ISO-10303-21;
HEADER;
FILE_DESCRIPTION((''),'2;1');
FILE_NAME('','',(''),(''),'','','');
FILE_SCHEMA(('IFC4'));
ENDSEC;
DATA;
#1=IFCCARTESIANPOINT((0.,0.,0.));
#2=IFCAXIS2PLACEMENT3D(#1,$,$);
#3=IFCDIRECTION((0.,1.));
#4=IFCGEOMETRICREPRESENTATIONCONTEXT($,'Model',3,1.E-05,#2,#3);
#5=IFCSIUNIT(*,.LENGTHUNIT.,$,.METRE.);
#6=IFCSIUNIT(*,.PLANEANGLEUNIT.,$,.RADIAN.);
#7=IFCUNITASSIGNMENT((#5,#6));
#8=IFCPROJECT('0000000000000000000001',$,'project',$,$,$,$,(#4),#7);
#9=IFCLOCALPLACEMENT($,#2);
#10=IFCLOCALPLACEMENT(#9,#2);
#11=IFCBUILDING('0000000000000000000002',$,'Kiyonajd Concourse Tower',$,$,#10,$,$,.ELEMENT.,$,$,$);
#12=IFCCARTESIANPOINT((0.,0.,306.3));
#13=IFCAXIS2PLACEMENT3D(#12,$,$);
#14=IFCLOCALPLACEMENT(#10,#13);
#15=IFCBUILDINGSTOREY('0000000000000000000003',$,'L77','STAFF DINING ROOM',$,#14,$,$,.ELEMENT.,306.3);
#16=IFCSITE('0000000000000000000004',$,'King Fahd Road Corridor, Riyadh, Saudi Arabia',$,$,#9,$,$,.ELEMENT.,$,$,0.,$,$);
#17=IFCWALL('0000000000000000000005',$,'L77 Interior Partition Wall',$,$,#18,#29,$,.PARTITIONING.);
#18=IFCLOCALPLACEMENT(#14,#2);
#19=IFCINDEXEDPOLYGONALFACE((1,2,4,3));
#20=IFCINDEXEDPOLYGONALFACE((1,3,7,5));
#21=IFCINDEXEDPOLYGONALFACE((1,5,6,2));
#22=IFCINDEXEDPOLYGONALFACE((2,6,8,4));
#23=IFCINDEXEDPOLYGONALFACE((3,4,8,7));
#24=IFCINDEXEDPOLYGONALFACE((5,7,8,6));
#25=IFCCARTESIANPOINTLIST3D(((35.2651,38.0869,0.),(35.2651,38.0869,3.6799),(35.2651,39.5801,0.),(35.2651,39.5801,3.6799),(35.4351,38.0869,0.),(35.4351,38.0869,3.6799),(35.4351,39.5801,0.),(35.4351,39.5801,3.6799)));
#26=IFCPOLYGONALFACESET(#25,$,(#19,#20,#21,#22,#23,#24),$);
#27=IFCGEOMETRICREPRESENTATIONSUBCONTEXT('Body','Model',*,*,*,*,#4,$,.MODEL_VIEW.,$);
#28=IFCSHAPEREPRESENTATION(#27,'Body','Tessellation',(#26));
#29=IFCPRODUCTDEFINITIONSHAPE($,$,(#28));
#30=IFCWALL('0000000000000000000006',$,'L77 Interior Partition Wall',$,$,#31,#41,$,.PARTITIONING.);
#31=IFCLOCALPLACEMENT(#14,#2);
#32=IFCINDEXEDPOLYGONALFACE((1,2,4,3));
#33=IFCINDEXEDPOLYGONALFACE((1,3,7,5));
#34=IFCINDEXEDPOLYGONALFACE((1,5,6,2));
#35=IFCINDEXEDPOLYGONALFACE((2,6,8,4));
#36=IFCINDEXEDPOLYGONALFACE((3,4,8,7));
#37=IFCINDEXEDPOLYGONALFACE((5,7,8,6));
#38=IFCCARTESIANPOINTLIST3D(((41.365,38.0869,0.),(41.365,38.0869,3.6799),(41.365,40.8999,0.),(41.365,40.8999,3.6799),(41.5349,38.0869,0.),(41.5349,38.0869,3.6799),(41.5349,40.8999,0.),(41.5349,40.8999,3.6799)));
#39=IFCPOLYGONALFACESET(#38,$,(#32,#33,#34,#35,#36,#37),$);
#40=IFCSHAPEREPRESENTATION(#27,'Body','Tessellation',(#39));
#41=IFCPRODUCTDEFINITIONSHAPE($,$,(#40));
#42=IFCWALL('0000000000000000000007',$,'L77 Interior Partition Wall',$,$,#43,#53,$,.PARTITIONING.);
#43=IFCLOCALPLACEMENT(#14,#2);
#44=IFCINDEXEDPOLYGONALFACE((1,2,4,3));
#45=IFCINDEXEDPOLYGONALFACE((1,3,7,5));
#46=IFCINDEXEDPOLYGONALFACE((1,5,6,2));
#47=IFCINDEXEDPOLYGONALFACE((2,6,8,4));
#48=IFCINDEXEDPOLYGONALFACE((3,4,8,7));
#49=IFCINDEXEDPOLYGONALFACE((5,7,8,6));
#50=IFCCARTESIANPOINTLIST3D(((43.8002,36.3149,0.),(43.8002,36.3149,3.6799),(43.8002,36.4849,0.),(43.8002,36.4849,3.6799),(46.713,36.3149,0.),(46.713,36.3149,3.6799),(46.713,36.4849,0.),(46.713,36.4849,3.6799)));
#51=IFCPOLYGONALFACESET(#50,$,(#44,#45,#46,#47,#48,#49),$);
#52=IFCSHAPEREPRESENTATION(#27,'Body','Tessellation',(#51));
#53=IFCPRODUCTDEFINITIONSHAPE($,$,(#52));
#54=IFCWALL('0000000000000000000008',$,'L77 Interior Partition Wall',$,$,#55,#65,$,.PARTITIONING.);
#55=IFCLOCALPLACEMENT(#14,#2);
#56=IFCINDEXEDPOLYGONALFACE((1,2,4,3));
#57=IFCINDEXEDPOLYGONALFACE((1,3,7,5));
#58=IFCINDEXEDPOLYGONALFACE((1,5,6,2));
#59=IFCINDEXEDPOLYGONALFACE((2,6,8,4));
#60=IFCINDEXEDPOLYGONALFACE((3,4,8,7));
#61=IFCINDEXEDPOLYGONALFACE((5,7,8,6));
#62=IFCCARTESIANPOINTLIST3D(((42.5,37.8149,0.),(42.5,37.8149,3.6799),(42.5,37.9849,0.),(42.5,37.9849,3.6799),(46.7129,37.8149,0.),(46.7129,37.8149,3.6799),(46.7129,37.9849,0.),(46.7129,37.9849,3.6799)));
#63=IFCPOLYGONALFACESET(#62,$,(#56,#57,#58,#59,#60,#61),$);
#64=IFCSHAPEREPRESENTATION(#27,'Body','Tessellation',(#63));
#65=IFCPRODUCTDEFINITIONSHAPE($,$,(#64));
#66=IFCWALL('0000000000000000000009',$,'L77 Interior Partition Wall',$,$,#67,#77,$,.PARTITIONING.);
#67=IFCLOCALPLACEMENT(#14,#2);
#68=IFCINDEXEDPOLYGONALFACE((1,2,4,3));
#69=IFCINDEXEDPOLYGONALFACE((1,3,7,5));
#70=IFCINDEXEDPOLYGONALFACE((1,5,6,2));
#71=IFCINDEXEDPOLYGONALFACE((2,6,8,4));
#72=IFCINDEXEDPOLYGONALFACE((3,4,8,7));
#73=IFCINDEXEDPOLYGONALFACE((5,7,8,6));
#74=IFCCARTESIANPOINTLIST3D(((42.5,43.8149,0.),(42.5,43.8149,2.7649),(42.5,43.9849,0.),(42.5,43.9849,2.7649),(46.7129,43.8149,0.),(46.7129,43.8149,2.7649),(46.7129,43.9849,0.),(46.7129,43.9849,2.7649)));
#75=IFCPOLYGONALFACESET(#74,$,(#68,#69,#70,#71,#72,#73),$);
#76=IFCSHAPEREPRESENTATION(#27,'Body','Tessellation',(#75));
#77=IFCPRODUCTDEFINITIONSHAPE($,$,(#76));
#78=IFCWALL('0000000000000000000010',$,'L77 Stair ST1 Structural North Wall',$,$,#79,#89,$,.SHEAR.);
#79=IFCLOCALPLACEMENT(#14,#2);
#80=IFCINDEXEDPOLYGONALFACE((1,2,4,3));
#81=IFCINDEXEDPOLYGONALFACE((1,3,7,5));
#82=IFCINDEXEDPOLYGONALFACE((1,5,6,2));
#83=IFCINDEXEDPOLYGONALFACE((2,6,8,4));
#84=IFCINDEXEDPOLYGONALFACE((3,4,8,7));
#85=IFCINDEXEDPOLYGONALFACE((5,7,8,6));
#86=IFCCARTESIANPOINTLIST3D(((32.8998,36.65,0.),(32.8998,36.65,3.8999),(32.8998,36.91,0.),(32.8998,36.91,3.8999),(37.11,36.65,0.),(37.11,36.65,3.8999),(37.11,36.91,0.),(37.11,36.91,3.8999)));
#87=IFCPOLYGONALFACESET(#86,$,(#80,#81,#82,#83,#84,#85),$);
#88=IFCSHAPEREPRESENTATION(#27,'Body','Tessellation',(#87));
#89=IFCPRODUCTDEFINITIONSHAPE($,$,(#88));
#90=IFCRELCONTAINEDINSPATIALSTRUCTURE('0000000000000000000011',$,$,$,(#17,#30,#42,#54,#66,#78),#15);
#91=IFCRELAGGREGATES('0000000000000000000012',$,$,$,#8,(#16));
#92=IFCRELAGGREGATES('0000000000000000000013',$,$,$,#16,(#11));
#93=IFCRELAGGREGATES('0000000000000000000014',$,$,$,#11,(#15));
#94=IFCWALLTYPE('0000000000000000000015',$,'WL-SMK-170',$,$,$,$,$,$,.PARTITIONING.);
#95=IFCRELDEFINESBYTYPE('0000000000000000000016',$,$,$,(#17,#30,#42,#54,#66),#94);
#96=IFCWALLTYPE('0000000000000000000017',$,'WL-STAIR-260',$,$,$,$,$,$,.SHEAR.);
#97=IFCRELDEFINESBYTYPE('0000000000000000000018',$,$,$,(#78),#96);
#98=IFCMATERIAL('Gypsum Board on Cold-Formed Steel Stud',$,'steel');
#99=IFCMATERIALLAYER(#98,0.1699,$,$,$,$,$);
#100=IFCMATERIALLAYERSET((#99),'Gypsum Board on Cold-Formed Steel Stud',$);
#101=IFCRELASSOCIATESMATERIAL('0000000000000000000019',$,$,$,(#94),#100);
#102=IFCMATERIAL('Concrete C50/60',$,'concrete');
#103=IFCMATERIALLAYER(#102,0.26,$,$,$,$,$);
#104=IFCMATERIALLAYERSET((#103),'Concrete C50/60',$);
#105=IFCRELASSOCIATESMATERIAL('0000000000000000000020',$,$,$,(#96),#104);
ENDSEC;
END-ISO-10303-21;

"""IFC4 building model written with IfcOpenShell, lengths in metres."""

from ifc_helpers import new_model, si_unit, direction, frame, frame_2d, origin, place, context, subcontext, project, spatial, rectangle, extrude, material, layer, layer_set, type_object, element, save


model = new_model("IFC4")

# Units and contexts
model_context = context("Model", 3, precision=1e-05, world=origin(), true_north=direction((0.0, 1.0)))
body_context = subcontext(model_context, "Body", "Model", "MODEL_VIEW")
ifc_project = project(units=[si_unit("LENGTHUNIT", "METRE"), si_unit("PLANEANGLEUNIT", "RADIAN")], contexts=[model_context])

# Site, building, storey
site_placement = place(None, origin())
site = spatial("IfcSite", under=ifc_project, at=site_placement, Name="King Fahd Road Corridor, Riyadh, Saudi Arabia", CompositionType="ELEMENT", RefElevation=0.0)
building_placement = place(site_placement, origin())
building = spatial("IfcBuilding", under=site, at=building_placement, Name="Kiyonajd Concourse Tower", CompositionType="ELEMENT")
storey_placement = place(building_placement, frame((0.0, 0.0, 306.3)))
storey = spatial("IfcBuildingStorey", under=building, at=storey_placement, Name="L77", Description="STAFF DINING ROOM", CompositionType="ELEMENT", Elevation=306.3)

# Shared definitions
ifc_material_1 = material(Name="Gypsum Board on Cold-Formed Steel Stud", Category="steel")

# Shared definitions
ifc_layer_1 = layer(ifc_material_1, 0.1699)
ifc_layer_set_1 = layer_set([ifc_layer_1], Name="Gypsum Board on Cold-Formed Steel Stud")
wall_type_1 = type_object("IfcWallType", Name="WL-SMK-170", PredefinedType="PARTITIONING", material=ifc_layer_set_1)

# Walls
wall_1_placement = place(storey_placement, frame((35.3501, 38.0869, 0.0), z_axis=(0.0, 0.0, 1.0), x_axis=(0.0, 1.0, 0.0)))
element("IfcWall", 1, at=wall_1_placement, inside=storey, type_object=wall_type_1, Name="L77 Interior Partition Wall", PredefinedType="PARTITIONING", context=body_context, shape_type="SweptSolid", body=[
    extrude(rectangle(XDim=1.4932, YDim=0.1699, at=frame_2d((0.7466, 0.0))), origin(), (0.0, 0.0, 1.0), 3.6799),
])
wall_2_placement = place(storey_placement, frame((41.45, 38.0869, 0.0), z_axis=(0.0, 0.0, 1.0), x_axis=(0.0, 1.0, 0.0)))
element("IfcWall", 2, at=wall_2_placement, inside=storey, type_object=wall_type_1, Name="L77 Interior Partition Wall", PredefinedType="PARTITIONING", context=body_context, shape_type="SweptSolid", body=[
    extrude(rectangle(XDim=2.813, YDim=0.1699, at=frame_2d((1.4065, 0.0))), origin(), (0.0, 0.0, 1.0), 3.6799),
])
wall_3_placement = place(storey_placement, frame((43.8, 36.3999, 0.0), z_axis=(0.0, 0.0, 1.0), x_axis=(1.0, 0.0, 0.0)))
element("IfcWall", 3, at=wall_3_placement, inside=storey, type_object=wall_type_1, Name="L77 Interior Partition Wall", PredefinedType="PARTITIONING", context=body_context, shape_type="SweptSolid", body=[
    extrude(rectangle(XDim=2.9128, YDim=0.1699, at=frame_2d((1.4565, 0.0))), origin(), (0.0, 0.0, 1.0), 3.6799),
])
wall_4_placement = place(storey_placement, frame((42.5, 37.8999, 0.0), z_axis=(0.0, 0.0, 1.0), x_axis=(1.0, 0.0, 0.0)))
element("IfcWall", 4, at=wall_4_placement, inside=storey, type_object=wall_type_1, Name="L77 Interior Partition Wall", PredefinedType="PARTITIONING", context=body_context, shape_type="SweptSolid", body=[
    extrude(rectangle(XDim=4.2129, YDim=0.1699, at=frame_2d((2.1064, 0.0))), origin(), (0.0, 0.0, 1.0), 3.6799),
])
wall_5_placement = place(storey_placement, frame((42.5, 43.8999, 0.0), z_axis=(0.0, 0.0, 1.0), x_axis=(1.0, 0.0, 0.0)))
element("IfcWall", 5, at=wall_5_placement, inside=storey, type_object=wall_type_1, Name="L77 Interior Partition Wall", PredefinedType="PARTITIONING", context=body_context, shape_type="SweptSolid", body=[
    extrude(rectangle(XDim=4.2129, YDim=0.1699, at=frame_2d((2.1064, 0.0))), origin(), (0.0, 0.0, 1.0), 2.7649),
])
ifc_material_2 = material(Name="Concrete C50/60", Category="concrete")
ifc_layer_2 = layer(ifc_material_2, 0.26)
ifc_layer_set_2 = layer_set([ifc_layer_2], Name="Concrete C50/60")
wall_type_2 = type_object("IfcWallType", Name="WL-STAIR-260", PredefinedType="SHEAR", material=ifc_layer_set_2)
wall_6_placement = place(storey_placement, frame((32.8999, 36.78, 0.0), z_axis=(0.0, 0.0, 1.0), x_axis=(1.0, 0.0, 0.0)))
element("IfcWall", 6, at=wall_6_placement, inside=storey, type_object=wall_type_2, Name="L77 Stair ST1 Structural North Wall", PredefinedType="SHEAR", context=body_context, shape_type="SweptSolid", body=[
    extrude(rectangle(XDim=4.2102, YDim=0.26, at=frame_2d((2.105, 0.0))), origin(), (0.0, 0.0, 1.0), 3.8999),
])

save(model, "model.ifc")
